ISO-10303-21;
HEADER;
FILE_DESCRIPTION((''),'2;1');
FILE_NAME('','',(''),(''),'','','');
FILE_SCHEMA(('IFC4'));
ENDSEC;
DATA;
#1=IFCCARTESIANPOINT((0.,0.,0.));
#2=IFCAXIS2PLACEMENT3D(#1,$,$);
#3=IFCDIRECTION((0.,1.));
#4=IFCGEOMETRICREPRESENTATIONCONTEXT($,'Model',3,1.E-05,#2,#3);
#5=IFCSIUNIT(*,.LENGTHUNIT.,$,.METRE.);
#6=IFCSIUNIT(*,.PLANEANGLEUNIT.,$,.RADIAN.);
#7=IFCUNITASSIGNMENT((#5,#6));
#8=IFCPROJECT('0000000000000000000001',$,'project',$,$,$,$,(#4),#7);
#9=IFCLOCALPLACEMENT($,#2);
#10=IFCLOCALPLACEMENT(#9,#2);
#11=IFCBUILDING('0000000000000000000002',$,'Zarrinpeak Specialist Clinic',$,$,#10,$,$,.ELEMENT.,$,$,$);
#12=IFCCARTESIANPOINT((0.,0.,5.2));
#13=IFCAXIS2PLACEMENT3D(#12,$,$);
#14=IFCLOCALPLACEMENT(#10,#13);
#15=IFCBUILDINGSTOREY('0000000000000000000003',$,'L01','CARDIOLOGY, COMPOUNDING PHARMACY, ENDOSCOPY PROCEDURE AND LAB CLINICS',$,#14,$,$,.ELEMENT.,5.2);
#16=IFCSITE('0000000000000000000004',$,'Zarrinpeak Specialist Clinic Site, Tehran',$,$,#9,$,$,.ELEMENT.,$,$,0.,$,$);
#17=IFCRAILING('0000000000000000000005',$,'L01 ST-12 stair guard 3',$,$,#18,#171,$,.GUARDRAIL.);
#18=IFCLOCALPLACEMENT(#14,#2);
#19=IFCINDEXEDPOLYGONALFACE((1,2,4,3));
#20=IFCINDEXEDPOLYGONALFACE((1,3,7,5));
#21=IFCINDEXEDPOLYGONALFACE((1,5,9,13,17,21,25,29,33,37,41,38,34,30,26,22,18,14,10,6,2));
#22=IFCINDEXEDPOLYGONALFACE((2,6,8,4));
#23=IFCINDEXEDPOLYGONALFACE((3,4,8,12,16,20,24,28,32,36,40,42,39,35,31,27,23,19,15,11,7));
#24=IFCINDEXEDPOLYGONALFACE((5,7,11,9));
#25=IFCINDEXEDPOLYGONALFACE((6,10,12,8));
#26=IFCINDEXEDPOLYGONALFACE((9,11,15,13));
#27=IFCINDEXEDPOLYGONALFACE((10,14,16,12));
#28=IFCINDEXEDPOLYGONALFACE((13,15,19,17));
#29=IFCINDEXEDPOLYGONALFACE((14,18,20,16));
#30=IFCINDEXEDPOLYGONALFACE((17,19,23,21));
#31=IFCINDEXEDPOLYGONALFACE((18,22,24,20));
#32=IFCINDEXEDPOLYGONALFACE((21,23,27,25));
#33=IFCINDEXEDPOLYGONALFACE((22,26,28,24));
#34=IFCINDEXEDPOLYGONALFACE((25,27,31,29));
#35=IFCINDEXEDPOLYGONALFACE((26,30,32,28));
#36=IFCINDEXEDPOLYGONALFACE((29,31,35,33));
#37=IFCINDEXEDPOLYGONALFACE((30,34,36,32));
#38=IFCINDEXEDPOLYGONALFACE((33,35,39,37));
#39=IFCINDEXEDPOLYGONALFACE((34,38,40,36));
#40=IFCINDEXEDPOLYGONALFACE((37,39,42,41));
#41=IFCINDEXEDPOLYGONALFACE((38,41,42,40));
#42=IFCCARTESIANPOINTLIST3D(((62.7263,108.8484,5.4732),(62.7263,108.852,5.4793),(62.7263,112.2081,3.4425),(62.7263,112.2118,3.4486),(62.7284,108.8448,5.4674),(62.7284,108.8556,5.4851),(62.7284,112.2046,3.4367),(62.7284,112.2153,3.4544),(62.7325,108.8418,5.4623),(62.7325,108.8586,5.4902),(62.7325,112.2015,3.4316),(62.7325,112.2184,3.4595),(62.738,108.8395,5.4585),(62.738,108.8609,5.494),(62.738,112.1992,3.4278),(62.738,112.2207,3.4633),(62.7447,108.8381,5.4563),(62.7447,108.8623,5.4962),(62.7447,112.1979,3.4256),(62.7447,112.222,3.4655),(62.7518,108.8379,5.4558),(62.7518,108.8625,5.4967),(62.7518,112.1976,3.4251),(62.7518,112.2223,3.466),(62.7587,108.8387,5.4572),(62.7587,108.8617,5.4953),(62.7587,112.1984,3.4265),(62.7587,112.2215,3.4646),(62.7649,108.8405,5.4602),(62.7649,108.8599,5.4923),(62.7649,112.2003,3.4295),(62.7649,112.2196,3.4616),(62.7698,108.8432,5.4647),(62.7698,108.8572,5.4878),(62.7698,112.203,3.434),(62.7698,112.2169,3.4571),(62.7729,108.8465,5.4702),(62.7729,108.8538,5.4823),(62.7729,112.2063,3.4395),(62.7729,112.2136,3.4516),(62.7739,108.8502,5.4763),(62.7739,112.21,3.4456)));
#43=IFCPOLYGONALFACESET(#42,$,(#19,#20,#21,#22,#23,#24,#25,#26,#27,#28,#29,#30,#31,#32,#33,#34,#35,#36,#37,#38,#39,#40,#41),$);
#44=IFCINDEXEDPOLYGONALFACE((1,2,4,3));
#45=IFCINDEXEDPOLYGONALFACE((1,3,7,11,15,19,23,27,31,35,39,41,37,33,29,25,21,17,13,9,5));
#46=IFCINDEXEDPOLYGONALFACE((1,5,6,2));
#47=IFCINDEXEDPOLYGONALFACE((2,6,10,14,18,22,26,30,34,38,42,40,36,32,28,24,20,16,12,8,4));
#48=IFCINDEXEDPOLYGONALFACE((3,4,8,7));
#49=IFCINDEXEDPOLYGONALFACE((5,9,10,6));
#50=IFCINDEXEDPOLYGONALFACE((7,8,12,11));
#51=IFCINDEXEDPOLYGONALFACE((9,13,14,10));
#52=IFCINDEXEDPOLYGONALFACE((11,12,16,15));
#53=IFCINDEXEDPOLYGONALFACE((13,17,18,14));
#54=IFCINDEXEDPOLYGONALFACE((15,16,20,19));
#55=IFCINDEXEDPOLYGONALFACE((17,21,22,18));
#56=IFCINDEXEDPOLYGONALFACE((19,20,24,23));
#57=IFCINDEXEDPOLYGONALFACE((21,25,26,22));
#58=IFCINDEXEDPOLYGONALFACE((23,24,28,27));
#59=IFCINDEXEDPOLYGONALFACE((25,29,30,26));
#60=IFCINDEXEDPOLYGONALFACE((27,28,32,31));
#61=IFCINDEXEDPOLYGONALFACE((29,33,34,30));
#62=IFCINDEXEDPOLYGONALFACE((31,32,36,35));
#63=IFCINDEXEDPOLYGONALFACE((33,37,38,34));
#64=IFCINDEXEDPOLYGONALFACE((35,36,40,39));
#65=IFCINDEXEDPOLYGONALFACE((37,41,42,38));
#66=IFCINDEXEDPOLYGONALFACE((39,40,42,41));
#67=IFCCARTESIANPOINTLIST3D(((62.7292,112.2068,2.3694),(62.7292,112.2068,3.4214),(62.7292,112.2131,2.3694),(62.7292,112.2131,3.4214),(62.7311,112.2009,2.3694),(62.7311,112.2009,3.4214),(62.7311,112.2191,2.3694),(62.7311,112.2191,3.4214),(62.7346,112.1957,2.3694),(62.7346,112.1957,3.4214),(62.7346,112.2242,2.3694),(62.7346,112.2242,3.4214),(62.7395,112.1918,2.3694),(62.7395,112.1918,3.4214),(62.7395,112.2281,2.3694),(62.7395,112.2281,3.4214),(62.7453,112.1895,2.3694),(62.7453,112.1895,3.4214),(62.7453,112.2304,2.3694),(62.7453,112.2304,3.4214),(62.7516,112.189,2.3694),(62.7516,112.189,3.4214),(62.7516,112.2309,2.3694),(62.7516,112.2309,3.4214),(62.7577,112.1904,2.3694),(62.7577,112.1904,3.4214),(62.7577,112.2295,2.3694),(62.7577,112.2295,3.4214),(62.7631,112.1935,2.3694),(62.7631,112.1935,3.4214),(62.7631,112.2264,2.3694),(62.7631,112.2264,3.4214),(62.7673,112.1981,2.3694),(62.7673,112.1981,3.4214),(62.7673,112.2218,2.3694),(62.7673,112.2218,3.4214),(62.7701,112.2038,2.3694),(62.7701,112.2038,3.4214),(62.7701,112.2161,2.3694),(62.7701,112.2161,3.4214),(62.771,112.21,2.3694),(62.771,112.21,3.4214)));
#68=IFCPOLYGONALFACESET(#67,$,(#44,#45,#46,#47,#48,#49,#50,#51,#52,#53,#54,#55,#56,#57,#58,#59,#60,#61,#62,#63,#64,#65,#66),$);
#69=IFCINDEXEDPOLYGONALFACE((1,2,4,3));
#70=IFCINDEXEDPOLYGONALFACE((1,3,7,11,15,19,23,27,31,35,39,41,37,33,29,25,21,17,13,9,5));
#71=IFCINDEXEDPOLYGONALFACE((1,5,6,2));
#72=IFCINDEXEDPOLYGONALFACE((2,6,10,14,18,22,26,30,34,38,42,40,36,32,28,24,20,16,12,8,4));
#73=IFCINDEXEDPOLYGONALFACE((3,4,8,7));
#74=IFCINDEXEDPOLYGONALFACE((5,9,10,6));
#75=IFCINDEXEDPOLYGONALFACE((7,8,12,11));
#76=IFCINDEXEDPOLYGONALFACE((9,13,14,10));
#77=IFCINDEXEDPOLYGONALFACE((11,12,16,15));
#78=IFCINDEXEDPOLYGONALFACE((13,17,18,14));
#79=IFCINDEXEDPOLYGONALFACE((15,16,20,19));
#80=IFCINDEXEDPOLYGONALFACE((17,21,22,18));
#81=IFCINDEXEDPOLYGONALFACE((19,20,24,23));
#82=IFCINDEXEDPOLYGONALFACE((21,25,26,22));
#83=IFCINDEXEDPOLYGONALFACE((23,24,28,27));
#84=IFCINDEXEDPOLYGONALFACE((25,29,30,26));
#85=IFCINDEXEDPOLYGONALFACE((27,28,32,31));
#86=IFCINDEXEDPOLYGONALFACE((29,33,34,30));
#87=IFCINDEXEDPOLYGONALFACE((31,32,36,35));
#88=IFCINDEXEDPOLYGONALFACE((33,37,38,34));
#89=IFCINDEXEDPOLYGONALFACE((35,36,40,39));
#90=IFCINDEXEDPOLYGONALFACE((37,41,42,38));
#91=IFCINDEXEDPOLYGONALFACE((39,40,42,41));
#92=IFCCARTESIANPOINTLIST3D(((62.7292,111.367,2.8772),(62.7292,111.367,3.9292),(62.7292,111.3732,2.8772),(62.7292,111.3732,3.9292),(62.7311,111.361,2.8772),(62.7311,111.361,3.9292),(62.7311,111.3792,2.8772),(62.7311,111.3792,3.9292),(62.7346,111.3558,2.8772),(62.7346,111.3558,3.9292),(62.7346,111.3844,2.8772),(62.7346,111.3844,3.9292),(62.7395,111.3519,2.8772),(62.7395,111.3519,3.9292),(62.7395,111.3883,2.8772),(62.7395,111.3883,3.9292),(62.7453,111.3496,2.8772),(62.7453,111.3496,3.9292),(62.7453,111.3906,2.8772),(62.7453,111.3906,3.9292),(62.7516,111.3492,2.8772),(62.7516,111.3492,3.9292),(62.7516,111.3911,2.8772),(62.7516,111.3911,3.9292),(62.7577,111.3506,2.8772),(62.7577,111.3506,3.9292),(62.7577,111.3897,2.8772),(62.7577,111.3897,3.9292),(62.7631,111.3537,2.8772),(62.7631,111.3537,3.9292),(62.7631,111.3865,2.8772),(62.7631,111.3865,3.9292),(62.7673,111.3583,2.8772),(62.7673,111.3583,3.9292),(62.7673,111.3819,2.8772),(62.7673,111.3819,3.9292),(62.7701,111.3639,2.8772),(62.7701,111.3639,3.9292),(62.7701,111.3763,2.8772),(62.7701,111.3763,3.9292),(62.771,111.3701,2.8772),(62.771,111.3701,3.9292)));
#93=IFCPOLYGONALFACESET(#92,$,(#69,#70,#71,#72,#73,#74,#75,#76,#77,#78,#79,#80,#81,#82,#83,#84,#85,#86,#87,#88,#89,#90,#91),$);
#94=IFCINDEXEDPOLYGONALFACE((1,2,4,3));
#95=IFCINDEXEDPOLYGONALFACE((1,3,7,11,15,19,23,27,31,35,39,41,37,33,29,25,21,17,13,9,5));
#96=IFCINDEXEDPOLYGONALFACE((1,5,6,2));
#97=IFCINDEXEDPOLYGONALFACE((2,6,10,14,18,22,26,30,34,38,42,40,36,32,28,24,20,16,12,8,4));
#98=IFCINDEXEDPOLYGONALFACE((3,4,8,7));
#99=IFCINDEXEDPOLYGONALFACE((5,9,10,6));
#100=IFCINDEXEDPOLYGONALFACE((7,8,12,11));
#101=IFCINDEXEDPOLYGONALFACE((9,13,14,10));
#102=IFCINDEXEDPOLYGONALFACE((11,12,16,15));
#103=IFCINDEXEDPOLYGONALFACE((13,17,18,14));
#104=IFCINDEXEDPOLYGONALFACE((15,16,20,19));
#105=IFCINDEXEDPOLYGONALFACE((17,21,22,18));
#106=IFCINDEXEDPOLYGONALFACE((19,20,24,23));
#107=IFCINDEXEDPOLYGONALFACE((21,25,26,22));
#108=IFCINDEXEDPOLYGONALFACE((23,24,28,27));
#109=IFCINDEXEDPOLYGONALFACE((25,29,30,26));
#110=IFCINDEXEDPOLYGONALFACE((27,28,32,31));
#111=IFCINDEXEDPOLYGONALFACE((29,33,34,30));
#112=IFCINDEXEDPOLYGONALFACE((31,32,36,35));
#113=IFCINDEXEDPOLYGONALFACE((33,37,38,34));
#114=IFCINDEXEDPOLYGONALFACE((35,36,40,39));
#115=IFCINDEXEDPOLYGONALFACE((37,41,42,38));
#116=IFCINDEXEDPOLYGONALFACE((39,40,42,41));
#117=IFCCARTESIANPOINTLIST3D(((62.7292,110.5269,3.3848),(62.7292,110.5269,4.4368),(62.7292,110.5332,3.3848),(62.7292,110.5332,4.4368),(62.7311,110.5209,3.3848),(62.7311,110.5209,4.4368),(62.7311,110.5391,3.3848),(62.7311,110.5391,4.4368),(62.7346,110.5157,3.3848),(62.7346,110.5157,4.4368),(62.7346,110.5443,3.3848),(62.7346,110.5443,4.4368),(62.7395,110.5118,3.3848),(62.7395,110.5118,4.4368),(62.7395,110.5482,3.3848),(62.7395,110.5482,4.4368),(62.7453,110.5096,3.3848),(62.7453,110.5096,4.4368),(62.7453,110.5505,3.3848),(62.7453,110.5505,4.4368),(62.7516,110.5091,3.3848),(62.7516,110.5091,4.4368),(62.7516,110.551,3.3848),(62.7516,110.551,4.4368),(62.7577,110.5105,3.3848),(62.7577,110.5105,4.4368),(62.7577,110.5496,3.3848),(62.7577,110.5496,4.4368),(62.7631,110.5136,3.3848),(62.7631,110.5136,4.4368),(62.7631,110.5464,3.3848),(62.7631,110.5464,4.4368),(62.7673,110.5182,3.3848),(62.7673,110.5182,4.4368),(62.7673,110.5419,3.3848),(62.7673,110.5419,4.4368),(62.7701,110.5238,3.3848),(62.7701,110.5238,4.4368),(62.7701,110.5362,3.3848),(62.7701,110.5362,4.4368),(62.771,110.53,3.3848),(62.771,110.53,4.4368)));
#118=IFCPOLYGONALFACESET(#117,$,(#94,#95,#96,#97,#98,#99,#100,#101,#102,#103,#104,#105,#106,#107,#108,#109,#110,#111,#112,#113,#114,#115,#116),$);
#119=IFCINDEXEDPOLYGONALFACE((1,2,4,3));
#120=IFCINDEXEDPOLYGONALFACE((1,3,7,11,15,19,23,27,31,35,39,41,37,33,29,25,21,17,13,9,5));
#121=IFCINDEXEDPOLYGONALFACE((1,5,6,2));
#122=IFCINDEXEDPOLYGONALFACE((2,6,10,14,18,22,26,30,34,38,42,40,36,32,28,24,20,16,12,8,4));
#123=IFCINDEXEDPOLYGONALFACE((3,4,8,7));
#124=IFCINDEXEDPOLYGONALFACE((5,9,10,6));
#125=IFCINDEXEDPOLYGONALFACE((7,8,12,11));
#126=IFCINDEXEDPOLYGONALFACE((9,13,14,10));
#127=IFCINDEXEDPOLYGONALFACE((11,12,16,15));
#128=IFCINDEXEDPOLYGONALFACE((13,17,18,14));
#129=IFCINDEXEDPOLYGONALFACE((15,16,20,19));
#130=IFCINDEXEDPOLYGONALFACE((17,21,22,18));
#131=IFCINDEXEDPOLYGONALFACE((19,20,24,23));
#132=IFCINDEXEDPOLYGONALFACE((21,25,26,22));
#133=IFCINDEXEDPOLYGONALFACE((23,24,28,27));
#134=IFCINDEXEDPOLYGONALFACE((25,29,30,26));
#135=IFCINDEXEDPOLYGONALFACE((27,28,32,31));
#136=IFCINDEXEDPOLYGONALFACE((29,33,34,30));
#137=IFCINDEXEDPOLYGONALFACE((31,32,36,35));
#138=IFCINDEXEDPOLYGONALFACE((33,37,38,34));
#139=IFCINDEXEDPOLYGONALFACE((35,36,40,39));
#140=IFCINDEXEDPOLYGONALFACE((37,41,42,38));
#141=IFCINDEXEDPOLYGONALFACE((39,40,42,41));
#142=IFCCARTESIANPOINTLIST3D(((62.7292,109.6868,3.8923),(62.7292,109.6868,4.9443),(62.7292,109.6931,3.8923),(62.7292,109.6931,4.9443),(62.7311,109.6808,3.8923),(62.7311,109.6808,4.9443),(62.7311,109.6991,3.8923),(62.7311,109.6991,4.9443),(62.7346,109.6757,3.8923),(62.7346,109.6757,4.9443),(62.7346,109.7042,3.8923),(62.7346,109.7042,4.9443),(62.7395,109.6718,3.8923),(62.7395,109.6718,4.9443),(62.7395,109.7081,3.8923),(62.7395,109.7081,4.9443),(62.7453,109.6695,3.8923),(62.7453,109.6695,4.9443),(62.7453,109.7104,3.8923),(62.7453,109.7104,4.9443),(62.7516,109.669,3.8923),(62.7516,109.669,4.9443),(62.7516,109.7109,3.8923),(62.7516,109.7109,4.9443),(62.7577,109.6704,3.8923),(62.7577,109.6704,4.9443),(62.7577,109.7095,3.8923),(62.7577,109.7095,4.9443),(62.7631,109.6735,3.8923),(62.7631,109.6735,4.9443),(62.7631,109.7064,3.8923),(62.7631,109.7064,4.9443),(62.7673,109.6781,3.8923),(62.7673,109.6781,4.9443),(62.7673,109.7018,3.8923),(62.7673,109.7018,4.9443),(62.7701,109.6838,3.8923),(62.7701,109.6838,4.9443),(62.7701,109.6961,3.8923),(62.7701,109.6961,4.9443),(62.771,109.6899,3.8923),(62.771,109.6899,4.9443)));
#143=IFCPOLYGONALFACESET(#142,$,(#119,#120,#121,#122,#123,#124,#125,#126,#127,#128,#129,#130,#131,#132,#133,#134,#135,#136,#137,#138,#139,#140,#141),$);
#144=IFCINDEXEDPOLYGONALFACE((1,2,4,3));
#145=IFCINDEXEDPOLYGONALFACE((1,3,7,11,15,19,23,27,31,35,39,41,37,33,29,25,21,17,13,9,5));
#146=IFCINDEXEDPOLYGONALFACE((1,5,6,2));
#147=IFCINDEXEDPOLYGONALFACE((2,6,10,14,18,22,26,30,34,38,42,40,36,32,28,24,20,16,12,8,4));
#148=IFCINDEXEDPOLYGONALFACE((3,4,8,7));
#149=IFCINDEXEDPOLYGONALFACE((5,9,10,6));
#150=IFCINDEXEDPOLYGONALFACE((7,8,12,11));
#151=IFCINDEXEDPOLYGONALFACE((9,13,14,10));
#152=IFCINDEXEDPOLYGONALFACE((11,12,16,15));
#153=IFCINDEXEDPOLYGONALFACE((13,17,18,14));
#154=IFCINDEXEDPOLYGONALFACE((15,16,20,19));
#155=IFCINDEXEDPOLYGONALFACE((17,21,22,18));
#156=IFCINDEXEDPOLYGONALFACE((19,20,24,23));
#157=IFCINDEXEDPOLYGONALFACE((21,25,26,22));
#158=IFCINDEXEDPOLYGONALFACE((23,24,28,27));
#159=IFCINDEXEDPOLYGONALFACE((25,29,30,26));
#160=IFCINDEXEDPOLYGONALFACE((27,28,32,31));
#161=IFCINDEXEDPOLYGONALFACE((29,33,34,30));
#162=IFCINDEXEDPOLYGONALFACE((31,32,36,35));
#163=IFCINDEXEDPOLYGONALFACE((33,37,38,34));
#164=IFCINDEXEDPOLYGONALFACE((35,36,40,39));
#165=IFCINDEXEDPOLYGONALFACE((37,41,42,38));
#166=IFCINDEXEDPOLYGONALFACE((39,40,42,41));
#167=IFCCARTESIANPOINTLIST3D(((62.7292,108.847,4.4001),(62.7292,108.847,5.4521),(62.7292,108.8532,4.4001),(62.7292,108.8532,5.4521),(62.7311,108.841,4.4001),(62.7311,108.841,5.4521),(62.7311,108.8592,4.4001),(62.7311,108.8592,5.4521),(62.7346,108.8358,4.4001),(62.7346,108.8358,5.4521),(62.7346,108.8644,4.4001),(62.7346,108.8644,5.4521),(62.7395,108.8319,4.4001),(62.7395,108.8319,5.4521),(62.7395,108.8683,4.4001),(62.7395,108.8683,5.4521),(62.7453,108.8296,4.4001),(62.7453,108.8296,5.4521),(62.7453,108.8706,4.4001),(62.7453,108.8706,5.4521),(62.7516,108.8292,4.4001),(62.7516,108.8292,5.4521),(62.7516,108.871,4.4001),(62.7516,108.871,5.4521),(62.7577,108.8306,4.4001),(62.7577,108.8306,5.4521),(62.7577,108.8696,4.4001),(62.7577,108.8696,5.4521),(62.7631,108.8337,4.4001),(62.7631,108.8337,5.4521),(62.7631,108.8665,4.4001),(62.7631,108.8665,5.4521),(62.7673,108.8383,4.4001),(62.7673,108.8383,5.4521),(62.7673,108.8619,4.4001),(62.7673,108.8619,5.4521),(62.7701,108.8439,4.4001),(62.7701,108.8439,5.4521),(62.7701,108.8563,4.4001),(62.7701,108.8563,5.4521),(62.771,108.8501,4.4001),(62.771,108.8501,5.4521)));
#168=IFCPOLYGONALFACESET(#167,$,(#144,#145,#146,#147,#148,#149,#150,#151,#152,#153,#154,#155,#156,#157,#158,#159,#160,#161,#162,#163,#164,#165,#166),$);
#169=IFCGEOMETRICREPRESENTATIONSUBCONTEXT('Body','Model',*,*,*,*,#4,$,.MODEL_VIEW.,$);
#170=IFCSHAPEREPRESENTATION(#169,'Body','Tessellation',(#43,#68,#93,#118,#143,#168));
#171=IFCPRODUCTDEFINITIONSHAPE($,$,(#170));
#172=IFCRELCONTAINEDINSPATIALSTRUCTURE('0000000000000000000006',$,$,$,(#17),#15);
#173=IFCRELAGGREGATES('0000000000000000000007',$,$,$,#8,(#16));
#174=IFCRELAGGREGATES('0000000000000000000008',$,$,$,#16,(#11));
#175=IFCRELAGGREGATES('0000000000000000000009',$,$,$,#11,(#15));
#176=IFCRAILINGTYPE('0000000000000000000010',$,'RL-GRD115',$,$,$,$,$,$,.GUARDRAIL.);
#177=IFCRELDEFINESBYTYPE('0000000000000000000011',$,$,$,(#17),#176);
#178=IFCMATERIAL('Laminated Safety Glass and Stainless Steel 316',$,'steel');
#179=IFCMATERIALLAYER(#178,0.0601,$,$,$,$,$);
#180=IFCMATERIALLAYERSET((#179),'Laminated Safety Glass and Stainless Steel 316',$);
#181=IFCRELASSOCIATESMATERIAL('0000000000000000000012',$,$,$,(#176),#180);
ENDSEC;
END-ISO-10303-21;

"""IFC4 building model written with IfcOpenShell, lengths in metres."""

from ifc_helpers import new_model, si_unit, direction, frame, origin, origin_2d, place, context, subcontext, project, spatial, circle, extrude, material, layer, layer_set, type_object, element, save


model = new_model("IFC4")

# Units and contexts
model_context = context("Model", 3, precision=1e-05, world=origin(), true_north=direction((0.0, 1.0)))
body_context = subcontext(model_context, "Body", "Model", "MODEL_VIEW")
ifc_project = project(units=[si_unit("LENGTHUNIT", "METRE"), si_unit("PLANEANGLEUNIT", "RADIAN")], contexts=[model_context])

# Site, building, storey
site_placement = place(None, origin())
site = spatial("IfcSite", under=ifc_project, at=site_placement, Name="Zarrinpeak Specialist Clinic Site, Tehran", CompositionType="ELEMENT", RefElevation=0.0)
building_placement = place(site_placement, origin())
building = spatial("IfcBuilding", under=site, at=building_placement, Name="Zarrinpeak Specialist Clinic", CompositionType="ELEMENT")
storey_placement = place(building_placement, frame((0.0, 0.0, 5.2)))
storey = spatial("IfcBuildingStorey", under=building, at=storey_placement, Name="L01", Description="CARDIOLOGY, COMPOUNDING PHARMACY, ENDOSCOPY PROCEDURE AND LAB CLINICS", CompositionType="ELEMENT", Elevation=5.2)

# Railing
ifc_material_1 = material(Name="Laminated Safety Glass and Stainless Steel 316", Category="steel")
ifc_layer_1 = layer(ifc_material_1, 0.0601)
ifc_layer_set_1 = layer_set([ifc_layer_1], Name="Laminated Safety Glass and Stainless Steel 316")
railing_type_1 = type_object("IfcRailingType", Name="RL-GRD115", PredefinedType="GUARDRAIL", material=ifc_layer_set_1)
railing_1_placement = place(storey_placement, frame((62.75, 112.21, 2.3694)))
element("IfcRailing", 1, at=railing_1_placement, inside=storey, type_object=railing_type_1, Name="L01 ST-12 stair guard 3", PredefinedType="GUARDRAIL", context=body_context, shape_type="SweptSolid", body=[
    extrude(circle(Radius=0.0239, at=origin_2d()), frame((0.0, 0.0, 1.0762), z_axis=(0.0, -0.85582, 0.517273), x_axis=(1.0, 0.0, 0.0)), (0.0, 0.0, 1.0), 3.9258),
    extrude(circle(Radius=0.021, at=origin_2d()), origin(), (0.0, 0.0, 1.0), 1.052),
    extrude(circle(Radius=0.021, at=origin_2d()), frame((0.0, -0.8398, 0.5078)), (0.0, 0.0, 1.0), 1.052),
    extrude(circle(Radius=0.021, at=origin_2d()), frame((0.0, -1.6799, 1.0154)), (0.0, 0.0, 1.0), 1.052),
    extrude(circle(Radius=0.021, at=origin_2d()), frame((0.0, -2.52, 1.5229)), (0.0, 0.0, 1.0), 1.052),
    extrude(circle(Radius=0.021, at=origin_2d()), frame((0.0, -3.3599, 2.0308)), (0.0, 0.0, 1.0), 1.052),
])

save(model, "model.ifc")
